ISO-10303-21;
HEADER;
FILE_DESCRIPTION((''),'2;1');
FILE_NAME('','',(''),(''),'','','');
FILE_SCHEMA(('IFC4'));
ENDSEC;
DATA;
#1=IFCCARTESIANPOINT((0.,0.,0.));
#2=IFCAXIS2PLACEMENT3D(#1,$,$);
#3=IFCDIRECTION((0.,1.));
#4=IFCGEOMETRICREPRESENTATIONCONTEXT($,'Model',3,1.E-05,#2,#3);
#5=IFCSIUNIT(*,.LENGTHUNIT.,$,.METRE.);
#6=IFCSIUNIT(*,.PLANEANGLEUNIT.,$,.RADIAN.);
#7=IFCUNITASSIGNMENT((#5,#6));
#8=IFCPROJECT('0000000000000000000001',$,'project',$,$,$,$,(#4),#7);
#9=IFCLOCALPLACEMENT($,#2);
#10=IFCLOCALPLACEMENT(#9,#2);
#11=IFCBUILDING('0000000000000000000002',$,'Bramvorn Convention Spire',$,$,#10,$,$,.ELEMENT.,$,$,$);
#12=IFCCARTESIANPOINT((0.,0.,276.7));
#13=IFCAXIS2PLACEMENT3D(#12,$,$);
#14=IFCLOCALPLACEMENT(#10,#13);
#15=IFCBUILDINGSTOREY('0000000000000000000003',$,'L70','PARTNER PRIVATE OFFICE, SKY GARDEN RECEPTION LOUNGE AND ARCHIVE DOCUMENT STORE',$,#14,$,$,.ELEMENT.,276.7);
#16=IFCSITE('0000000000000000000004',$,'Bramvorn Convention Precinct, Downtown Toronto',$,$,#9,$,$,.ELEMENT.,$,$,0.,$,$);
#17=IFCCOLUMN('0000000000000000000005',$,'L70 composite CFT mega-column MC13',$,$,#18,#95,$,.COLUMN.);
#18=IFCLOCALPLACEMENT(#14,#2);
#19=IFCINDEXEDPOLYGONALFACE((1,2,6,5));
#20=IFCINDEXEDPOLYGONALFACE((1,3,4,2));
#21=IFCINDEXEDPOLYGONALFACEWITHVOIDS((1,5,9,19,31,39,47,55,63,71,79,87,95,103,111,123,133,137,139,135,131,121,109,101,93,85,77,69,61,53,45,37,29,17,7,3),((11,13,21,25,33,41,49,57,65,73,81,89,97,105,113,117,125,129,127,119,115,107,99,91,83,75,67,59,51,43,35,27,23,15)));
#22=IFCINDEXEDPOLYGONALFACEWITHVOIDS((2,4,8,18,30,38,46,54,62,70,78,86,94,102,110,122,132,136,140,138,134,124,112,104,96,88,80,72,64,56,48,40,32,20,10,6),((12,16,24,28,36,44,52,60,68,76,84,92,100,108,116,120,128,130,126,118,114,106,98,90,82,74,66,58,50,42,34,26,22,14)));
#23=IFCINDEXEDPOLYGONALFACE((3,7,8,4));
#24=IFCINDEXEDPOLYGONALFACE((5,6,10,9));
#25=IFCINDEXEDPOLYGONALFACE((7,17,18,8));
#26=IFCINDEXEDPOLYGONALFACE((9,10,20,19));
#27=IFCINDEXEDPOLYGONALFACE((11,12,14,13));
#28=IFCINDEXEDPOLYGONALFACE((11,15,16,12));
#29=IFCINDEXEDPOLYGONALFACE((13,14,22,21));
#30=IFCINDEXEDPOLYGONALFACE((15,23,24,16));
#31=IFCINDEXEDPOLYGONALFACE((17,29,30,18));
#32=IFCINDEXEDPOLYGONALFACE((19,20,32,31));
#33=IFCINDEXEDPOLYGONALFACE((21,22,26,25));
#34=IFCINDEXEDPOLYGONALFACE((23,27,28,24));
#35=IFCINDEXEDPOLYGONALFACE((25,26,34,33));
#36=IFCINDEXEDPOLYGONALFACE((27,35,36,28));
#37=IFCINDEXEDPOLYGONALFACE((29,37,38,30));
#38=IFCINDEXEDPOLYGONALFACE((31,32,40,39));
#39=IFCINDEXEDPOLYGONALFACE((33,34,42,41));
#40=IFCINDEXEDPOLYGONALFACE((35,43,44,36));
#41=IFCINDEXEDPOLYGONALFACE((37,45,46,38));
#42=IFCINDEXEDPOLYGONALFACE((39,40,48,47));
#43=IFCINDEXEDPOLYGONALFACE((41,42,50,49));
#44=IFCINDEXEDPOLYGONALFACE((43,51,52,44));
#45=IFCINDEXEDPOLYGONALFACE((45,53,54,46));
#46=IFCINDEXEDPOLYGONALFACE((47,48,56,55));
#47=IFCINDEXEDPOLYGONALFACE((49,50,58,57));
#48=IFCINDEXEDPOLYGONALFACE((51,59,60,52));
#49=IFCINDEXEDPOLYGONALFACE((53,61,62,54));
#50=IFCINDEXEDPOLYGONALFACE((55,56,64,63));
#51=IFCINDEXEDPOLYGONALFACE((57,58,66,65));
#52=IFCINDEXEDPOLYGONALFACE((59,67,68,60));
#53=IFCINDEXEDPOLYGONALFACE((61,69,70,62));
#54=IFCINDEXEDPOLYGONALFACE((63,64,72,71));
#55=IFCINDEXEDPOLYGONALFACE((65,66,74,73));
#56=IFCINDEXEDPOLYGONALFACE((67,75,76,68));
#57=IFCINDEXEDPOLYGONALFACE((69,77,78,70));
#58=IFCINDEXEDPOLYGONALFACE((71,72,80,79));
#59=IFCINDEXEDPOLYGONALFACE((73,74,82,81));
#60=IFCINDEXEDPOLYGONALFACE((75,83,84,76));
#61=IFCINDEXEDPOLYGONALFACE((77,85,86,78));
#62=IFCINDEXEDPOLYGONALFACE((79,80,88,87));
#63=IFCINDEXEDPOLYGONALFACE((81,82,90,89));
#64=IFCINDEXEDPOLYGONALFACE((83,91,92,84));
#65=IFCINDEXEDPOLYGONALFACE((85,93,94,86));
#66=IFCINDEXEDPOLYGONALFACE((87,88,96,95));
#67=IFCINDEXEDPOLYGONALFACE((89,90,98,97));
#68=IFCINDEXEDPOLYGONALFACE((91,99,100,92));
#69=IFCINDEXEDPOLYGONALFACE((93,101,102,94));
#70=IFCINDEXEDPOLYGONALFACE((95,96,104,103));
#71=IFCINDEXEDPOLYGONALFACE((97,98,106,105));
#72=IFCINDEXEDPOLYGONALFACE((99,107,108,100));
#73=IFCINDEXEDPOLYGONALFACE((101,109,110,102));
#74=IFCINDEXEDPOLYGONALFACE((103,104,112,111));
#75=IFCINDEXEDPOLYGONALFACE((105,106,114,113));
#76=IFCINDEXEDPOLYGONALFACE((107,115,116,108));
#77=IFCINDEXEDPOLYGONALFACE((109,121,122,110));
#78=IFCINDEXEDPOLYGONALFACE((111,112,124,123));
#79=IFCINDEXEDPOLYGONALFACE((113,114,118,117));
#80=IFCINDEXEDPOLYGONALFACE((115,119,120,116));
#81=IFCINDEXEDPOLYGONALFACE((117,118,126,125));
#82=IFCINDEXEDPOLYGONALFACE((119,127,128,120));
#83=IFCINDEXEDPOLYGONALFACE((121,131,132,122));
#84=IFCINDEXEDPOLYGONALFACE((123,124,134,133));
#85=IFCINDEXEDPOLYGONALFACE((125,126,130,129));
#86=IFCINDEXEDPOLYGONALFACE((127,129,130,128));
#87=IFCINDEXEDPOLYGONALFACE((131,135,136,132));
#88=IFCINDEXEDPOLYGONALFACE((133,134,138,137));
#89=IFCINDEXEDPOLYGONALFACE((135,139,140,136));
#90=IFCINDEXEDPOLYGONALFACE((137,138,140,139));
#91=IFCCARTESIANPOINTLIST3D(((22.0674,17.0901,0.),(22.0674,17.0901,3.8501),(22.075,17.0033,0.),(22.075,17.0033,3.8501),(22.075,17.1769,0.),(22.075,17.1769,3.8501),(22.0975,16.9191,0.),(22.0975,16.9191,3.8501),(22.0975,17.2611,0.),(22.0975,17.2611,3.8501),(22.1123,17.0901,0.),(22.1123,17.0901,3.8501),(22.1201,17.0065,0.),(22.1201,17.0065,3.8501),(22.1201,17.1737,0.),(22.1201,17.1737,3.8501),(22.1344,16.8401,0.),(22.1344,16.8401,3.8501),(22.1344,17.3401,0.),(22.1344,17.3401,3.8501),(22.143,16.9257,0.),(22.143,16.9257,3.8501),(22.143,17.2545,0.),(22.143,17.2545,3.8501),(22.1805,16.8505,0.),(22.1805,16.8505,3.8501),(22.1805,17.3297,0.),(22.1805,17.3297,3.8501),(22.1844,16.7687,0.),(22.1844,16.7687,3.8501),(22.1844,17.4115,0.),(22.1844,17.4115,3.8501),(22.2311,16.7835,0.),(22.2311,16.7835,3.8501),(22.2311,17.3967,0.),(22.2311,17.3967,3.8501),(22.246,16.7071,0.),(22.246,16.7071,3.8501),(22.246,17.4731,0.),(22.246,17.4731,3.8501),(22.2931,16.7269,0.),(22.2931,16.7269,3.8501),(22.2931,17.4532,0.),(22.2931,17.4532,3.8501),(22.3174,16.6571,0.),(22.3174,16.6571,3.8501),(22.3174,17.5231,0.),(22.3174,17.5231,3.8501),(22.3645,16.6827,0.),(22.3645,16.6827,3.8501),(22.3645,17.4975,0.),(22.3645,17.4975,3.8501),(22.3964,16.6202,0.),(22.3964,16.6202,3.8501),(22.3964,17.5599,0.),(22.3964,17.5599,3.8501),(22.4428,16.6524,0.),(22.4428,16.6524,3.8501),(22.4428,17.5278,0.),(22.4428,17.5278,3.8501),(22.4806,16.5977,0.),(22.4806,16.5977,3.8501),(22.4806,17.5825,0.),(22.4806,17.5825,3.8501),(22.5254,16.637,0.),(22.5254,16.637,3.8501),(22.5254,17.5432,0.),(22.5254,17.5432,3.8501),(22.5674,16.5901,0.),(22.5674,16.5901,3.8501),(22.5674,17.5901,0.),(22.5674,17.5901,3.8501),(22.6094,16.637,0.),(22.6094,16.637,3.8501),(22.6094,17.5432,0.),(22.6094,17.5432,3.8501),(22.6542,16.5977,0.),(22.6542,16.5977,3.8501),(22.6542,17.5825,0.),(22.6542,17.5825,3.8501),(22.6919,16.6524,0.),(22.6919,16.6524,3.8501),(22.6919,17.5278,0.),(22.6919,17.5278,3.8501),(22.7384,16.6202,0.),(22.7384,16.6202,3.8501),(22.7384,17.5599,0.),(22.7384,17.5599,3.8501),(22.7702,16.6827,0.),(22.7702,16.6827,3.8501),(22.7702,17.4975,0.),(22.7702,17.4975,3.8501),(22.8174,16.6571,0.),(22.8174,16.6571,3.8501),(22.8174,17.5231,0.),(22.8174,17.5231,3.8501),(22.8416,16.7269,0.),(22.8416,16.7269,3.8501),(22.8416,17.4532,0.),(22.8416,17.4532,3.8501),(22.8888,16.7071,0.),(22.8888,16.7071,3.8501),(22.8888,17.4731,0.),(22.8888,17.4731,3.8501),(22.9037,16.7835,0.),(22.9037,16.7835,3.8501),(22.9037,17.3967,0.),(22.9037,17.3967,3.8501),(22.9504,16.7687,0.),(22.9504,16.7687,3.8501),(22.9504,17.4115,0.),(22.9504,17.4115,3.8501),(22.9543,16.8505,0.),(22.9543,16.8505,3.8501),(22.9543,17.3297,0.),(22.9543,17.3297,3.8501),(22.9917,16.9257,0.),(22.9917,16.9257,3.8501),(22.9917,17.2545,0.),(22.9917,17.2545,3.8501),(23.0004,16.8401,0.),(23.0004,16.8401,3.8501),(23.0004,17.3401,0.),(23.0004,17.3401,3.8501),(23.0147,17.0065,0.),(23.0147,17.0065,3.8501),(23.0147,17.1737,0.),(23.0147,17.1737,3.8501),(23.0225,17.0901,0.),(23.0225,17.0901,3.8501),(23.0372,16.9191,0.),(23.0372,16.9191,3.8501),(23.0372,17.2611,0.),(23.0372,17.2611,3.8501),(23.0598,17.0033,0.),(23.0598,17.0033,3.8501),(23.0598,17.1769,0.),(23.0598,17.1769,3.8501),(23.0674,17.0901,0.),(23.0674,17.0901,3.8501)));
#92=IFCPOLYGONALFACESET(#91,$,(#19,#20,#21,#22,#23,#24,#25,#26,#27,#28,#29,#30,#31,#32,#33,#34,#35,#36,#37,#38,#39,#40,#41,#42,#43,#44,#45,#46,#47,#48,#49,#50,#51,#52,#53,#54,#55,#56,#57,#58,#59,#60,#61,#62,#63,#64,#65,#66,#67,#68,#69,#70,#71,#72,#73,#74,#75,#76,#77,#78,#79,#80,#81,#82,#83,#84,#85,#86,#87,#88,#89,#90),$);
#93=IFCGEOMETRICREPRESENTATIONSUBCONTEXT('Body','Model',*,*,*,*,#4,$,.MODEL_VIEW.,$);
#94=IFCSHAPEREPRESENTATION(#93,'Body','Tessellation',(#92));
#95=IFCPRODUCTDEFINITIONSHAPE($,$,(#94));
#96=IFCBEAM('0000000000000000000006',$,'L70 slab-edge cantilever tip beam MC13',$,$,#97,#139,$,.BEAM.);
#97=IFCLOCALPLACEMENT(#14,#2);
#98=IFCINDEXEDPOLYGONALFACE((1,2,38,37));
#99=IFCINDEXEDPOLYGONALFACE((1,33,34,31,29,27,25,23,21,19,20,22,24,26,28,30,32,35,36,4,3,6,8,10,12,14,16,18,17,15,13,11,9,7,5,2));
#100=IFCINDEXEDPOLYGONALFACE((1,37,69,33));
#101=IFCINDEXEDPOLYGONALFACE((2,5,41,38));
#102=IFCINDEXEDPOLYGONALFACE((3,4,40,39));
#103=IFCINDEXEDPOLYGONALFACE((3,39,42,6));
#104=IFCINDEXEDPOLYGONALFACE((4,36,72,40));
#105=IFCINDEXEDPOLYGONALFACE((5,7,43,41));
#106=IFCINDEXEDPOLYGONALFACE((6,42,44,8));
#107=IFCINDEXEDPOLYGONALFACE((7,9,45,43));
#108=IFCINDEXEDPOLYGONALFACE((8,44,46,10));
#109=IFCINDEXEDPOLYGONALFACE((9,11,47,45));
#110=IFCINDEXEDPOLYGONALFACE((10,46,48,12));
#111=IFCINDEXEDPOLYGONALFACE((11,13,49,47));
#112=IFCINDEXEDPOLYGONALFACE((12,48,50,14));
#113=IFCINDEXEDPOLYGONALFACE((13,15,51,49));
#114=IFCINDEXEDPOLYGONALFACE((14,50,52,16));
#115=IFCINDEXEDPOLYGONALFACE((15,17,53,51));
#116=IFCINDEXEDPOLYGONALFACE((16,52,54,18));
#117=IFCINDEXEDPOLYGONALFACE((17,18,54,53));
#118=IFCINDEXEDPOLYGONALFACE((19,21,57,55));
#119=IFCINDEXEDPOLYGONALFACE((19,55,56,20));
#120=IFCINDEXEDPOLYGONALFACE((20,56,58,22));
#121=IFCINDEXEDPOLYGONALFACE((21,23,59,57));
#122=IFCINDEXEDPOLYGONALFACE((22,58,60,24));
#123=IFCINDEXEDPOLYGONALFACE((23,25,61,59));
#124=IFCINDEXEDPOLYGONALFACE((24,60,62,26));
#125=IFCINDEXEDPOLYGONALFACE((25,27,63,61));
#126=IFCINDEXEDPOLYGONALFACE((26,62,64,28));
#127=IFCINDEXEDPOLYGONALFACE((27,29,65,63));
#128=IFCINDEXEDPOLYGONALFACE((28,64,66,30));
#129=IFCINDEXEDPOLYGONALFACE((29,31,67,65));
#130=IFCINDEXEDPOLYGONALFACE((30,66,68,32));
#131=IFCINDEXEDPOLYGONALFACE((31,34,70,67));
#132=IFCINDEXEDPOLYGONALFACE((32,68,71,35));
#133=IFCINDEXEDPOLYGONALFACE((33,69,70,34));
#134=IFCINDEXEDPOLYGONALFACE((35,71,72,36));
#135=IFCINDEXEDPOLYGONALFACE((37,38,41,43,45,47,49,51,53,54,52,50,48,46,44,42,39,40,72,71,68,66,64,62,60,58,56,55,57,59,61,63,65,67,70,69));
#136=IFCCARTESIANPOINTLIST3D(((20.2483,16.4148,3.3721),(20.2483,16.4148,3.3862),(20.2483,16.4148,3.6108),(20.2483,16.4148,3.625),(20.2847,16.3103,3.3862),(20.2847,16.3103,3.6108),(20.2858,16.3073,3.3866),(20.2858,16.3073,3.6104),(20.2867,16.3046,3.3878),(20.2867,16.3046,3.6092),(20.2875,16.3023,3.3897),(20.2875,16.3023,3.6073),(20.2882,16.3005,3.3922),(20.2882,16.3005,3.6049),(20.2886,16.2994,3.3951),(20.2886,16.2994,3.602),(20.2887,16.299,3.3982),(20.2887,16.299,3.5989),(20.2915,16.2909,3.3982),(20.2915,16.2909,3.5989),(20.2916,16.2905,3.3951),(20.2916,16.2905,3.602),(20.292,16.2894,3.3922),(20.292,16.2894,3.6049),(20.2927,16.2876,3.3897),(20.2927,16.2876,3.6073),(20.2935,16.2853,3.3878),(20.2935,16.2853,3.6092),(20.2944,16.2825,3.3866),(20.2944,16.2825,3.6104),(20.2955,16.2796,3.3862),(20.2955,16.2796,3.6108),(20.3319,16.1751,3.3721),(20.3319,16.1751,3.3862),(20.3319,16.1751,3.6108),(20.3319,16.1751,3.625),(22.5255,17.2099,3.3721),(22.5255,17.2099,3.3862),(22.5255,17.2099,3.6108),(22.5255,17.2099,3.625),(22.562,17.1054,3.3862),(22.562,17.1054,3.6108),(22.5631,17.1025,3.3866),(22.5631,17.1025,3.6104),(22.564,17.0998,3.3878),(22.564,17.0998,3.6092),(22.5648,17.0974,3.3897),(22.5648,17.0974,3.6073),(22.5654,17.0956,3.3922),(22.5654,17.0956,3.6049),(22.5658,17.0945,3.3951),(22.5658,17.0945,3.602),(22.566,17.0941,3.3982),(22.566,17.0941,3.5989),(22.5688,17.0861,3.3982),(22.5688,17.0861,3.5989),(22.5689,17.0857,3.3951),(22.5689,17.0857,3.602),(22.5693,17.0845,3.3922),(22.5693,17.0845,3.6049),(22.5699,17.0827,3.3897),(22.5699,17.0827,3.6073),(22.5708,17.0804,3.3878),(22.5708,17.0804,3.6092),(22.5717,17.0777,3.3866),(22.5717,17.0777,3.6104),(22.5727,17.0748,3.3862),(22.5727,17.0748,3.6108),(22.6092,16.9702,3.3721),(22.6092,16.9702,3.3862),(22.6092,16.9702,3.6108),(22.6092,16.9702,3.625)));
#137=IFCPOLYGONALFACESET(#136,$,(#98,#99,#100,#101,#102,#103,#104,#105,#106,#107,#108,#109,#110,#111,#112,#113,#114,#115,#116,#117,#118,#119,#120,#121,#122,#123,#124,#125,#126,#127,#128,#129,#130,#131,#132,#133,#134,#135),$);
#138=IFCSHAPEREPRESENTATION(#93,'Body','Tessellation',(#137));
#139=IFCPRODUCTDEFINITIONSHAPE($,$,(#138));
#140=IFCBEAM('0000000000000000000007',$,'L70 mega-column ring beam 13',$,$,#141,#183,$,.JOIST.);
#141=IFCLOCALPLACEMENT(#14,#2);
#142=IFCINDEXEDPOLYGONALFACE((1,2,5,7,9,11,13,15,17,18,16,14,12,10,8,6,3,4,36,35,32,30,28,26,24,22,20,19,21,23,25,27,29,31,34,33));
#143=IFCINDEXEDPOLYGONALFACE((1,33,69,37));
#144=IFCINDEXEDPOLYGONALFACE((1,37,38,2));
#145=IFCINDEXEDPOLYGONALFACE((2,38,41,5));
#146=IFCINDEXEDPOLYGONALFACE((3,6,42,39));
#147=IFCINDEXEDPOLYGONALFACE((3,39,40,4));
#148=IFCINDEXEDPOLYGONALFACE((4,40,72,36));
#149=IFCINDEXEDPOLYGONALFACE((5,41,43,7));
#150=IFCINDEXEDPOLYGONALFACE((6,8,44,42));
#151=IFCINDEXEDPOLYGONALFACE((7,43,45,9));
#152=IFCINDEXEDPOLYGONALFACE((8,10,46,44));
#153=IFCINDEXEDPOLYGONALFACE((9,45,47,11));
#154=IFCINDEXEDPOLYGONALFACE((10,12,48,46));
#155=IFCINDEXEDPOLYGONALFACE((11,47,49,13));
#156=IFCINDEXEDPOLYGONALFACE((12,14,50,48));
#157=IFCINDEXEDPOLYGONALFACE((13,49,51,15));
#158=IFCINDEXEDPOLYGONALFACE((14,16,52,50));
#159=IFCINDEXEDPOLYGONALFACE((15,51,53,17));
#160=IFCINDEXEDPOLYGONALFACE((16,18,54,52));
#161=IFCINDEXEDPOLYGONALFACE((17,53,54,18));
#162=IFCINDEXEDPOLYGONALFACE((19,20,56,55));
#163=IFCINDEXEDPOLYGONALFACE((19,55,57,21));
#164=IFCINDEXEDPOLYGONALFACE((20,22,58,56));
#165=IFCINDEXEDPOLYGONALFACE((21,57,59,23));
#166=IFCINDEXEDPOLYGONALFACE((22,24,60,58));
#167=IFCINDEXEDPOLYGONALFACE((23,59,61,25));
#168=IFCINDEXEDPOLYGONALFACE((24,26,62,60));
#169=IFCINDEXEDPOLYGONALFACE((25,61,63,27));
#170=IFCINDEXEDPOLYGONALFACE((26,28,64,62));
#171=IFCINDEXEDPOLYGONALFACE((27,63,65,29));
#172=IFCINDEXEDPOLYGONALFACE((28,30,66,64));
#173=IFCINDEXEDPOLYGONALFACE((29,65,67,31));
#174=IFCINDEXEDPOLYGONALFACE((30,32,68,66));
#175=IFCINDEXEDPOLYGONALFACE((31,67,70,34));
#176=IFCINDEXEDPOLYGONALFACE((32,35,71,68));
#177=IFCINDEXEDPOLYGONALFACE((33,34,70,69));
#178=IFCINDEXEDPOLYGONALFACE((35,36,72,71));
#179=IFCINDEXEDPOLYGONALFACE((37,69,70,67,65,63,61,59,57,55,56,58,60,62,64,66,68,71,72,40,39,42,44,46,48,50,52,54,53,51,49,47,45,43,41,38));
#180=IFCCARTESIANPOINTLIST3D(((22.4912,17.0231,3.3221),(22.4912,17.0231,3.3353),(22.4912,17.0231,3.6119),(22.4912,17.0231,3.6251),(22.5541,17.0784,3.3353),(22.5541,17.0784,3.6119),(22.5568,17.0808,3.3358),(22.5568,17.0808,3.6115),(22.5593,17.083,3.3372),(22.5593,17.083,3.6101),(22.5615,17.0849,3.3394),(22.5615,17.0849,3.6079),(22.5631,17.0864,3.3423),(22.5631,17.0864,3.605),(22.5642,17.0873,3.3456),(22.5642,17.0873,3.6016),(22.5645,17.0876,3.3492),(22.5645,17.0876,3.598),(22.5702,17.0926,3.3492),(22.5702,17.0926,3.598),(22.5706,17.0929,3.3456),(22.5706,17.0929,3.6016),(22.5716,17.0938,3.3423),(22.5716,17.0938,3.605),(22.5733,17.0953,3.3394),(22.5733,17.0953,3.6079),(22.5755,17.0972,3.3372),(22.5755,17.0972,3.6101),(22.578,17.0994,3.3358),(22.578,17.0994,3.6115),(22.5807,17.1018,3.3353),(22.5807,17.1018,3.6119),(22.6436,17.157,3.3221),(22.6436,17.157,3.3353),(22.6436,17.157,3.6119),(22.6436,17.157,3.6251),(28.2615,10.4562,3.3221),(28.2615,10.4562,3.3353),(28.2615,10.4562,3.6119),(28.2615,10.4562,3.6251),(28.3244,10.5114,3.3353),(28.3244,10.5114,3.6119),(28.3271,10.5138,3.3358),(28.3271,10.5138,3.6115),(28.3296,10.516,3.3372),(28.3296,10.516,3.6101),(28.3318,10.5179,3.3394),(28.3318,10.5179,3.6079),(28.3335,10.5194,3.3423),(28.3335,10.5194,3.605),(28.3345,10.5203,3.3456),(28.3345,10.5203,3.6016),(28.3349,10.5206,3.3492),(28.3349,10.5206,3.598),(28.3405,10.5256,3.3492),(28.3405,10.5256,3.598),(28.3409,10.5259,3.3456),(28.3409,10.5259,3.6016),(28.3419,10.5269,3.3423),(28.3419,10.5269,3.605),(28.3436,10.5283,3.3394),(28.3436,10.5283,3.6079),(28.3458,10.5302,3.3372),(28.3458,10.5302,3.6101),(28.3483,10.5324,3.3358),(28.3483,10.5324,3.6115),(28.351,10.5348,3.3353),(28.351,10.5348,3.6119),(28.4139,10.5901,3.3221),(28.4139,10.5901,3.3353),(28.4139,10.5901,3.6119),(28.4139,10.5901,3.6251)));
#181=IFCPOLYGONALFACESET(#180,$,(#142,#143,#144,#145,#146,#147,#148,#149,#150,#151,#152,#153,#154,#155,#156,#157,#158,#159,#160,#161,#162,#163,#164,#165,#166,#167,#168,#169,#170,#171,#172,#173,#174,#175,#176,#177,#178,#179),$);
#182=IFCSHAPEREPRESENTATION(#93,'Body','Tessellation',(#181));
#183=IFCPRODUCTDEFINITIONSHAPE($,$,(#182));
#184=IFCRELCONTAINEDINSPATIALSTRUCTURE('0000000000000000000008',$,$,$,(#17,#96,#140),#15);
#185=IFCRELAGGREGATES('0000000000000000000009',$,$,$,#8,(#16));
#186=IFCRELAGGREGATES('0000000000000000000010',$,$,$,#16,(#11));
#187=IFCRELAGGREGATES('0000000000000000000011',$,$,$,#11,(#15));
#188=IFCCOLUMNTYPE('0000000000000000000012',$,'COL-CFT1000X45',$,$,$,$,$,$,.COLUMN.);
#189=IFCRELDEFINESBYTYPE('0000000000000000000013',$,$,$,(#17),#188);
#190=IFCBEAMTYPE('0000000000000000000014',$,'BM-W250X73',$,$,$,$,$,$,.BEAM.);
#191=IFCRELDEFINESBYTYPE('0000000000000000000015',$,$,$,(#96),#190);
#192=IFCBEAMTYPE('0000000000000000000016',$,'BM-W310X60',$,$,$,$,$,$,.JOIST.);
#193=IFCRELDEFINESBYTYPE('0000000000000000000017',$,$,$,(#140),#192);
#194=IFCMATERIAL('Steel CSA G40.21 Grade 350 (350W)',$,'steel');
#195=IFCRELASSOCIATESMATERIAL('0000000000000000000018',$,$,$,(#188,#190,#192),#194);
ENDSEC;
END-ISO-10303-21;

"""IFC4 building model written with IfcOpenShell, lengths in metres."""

from ifc_helpers import new_model, si_unit, direction, frame, origin, origin_2d, place, context, subcontext, project, spatial, hollow_circle, i_section, extrude, material, material_profile, profile_set, type_object, element, save


model = new_model("IFC4")

# Units and contexts
model_context = context("Model", 3, precision=1e-05, world=origin(), true_north=direction((0.0, 1.0)))
body_context = subcontext(model_context, "Body", "Model", "MODEL_VIEW")
ifc_project = project(units=[si_unit("LENGTHUNIT", "METRE"), si_unit("PLANEANGLEUNIT", "RADIAN")], contexts=[model_context])

# Site, building, storey
site_placement = place(None, origin())
site = spatial("IfcSite", under=ifc_project, at=site_placement, Name="Bramvorn Convention Precinct, Downtown Toronto", CompositionType="ELEMENT", RefElevation=0.0)
building_placement = place(site_placement, origin())
building = spatial("IfcBuilding", under=site, at=building_placement, Name="Bramvorn Convention Spire", CompositionType="ELEMENT")
storey_placement = place(building_placement, frame((0.0, 0.0, 276.7)))
storey = spatial("IfcBuildingStorey", under=building, at=storey_placement, Name="L70", Description="PARTNER PRIVATE OFFICE, SKY GARDEN RECEPTION LOUNGE AND ARCHIVE DOCUMENT STORE", CompositionType="ELEMENT", Elevation=276.7)

# Column
ifc_material_1 = material(Name="Steel CSA G40.21 Grade 350 (350W)", Category="steel")
ifc_material_profile_1 = material_profile(ifc_material_1, hollow_circle(Radius=0.5, WallThickness=0.0449, at=origin_2d()))
ifc_profile_set_1 = profile_set([ifc_material_profile_1], Name="Steel CSA G40.21 Grade 350 (350W) - CFT1000X45")
column_type = type_object("IfcColumnType", Name="COL-CFT1000X45", PredefinedType="COLUMN", material=ifc_profile_set_1)
column_placement = place(storey_placement, frame((22.5674, 17.0901, 0.0), z_axis=(0.0, 0.0, 1.0), x_axis=(1.0, 0.0, 0.0)))
element("IfcColumn", 1, at=column_placement, inside=storey, type_object=column_type, Name="L70 composite CFT mega-column MC13", PredefinedType="COLUMN", context=body_context, shape_type="SweptSolid", body=[
    extrude(hollow_circle(Radius=0.5, WallThickness=0.0449, at=origin_2d()), origin(), (0.0, 0.0, 1.0), 3.8501),
])

# Beams
ifc_material_profile_2 = material_profile(ifc_material_1, i_section(OverallWidth=0.2539, OverallDepth=0.2529, WebThickness=0.0085, FlangeThickness=0.0142, FilletRadius=0.012, at=origin_2d()))
ifc_profile_set_2 = profile_set([ifc_material_profile_2], Name="Steel CSA G40.21 Grade 350 (350W) - W250X73")
beam_type_1 = type_object("IfcBeamType", Name="BM-W250X73", PredefinedType="BEAM", material=ifc_profile_set_2)
beam_1_placement = place(storey_placement, frame((22.5674, 17.0901, 3.4985), z_axis=(-0.944104, -0.329647, 0.0), x_axis=(0.329647, -0.944104, 0.0)))
element("IfcBeam", 2, at=beam_1_placement, inside=storey, type_object=beam_type_1, Name="L70 slab-edge cantilever tip beam MC13", PredefinedType="BEAM", context=body_context, shape_type="SweptSolid", body=[
    extrude(i_section(OverallWidth=0.2539, OverallDepth=0.2529, WebThickness=0.0085, FlangeThickness=0.0142, FilletRadius=0.012, at=origin_2d()), origin(), (0.0, 0.0, 1.0), 2.4121),
])
ifc_material_profile_3 = material_profile(ifc_material_1, i_section(OverallWidth=0.2029, OverallDepth=0.303, WebThickness=0.0076, FlangeThickness=0.0132, FilletRadius=0.0139, at=origin_2d()))
ifc_profile_set_3 = profile_set([ifc_material_profile_3], Name="Steel CSA G40.21 Grade 350 (350W) - W310X60")
beam_type_2 = type_object("IfcBeamType", Name="BM-W310X60", PredefinedType="JOIST", material=ifc_profile_set_3)
beam_2_placement = place(storey_placement, frame((22.5674, 17.0901, 3.4736), z_axis=(0.660073, -0.751201, 0.0), x_axis=(0.751201, 0.660073, 0.0)))
element("IfcBeam", 3, at=beam_2_placement, inside=storey, type_object=beam_type_2, Name="L70 mega-column ring beam 13", PredefinedType="JOIST", context=body_context, shape_type="SweptSolid", body=[
    extrude(i_section(OverallWidth=0.2029, OverallDepth=0.303, WebThickness=0.0076, FlangeThickness=0.0132, FilletRadius=0.0139, at=origin_2d()), origin(), (0.0, 0.0, 1.0), 8.7419),
])

save(model, "model.ifc")
